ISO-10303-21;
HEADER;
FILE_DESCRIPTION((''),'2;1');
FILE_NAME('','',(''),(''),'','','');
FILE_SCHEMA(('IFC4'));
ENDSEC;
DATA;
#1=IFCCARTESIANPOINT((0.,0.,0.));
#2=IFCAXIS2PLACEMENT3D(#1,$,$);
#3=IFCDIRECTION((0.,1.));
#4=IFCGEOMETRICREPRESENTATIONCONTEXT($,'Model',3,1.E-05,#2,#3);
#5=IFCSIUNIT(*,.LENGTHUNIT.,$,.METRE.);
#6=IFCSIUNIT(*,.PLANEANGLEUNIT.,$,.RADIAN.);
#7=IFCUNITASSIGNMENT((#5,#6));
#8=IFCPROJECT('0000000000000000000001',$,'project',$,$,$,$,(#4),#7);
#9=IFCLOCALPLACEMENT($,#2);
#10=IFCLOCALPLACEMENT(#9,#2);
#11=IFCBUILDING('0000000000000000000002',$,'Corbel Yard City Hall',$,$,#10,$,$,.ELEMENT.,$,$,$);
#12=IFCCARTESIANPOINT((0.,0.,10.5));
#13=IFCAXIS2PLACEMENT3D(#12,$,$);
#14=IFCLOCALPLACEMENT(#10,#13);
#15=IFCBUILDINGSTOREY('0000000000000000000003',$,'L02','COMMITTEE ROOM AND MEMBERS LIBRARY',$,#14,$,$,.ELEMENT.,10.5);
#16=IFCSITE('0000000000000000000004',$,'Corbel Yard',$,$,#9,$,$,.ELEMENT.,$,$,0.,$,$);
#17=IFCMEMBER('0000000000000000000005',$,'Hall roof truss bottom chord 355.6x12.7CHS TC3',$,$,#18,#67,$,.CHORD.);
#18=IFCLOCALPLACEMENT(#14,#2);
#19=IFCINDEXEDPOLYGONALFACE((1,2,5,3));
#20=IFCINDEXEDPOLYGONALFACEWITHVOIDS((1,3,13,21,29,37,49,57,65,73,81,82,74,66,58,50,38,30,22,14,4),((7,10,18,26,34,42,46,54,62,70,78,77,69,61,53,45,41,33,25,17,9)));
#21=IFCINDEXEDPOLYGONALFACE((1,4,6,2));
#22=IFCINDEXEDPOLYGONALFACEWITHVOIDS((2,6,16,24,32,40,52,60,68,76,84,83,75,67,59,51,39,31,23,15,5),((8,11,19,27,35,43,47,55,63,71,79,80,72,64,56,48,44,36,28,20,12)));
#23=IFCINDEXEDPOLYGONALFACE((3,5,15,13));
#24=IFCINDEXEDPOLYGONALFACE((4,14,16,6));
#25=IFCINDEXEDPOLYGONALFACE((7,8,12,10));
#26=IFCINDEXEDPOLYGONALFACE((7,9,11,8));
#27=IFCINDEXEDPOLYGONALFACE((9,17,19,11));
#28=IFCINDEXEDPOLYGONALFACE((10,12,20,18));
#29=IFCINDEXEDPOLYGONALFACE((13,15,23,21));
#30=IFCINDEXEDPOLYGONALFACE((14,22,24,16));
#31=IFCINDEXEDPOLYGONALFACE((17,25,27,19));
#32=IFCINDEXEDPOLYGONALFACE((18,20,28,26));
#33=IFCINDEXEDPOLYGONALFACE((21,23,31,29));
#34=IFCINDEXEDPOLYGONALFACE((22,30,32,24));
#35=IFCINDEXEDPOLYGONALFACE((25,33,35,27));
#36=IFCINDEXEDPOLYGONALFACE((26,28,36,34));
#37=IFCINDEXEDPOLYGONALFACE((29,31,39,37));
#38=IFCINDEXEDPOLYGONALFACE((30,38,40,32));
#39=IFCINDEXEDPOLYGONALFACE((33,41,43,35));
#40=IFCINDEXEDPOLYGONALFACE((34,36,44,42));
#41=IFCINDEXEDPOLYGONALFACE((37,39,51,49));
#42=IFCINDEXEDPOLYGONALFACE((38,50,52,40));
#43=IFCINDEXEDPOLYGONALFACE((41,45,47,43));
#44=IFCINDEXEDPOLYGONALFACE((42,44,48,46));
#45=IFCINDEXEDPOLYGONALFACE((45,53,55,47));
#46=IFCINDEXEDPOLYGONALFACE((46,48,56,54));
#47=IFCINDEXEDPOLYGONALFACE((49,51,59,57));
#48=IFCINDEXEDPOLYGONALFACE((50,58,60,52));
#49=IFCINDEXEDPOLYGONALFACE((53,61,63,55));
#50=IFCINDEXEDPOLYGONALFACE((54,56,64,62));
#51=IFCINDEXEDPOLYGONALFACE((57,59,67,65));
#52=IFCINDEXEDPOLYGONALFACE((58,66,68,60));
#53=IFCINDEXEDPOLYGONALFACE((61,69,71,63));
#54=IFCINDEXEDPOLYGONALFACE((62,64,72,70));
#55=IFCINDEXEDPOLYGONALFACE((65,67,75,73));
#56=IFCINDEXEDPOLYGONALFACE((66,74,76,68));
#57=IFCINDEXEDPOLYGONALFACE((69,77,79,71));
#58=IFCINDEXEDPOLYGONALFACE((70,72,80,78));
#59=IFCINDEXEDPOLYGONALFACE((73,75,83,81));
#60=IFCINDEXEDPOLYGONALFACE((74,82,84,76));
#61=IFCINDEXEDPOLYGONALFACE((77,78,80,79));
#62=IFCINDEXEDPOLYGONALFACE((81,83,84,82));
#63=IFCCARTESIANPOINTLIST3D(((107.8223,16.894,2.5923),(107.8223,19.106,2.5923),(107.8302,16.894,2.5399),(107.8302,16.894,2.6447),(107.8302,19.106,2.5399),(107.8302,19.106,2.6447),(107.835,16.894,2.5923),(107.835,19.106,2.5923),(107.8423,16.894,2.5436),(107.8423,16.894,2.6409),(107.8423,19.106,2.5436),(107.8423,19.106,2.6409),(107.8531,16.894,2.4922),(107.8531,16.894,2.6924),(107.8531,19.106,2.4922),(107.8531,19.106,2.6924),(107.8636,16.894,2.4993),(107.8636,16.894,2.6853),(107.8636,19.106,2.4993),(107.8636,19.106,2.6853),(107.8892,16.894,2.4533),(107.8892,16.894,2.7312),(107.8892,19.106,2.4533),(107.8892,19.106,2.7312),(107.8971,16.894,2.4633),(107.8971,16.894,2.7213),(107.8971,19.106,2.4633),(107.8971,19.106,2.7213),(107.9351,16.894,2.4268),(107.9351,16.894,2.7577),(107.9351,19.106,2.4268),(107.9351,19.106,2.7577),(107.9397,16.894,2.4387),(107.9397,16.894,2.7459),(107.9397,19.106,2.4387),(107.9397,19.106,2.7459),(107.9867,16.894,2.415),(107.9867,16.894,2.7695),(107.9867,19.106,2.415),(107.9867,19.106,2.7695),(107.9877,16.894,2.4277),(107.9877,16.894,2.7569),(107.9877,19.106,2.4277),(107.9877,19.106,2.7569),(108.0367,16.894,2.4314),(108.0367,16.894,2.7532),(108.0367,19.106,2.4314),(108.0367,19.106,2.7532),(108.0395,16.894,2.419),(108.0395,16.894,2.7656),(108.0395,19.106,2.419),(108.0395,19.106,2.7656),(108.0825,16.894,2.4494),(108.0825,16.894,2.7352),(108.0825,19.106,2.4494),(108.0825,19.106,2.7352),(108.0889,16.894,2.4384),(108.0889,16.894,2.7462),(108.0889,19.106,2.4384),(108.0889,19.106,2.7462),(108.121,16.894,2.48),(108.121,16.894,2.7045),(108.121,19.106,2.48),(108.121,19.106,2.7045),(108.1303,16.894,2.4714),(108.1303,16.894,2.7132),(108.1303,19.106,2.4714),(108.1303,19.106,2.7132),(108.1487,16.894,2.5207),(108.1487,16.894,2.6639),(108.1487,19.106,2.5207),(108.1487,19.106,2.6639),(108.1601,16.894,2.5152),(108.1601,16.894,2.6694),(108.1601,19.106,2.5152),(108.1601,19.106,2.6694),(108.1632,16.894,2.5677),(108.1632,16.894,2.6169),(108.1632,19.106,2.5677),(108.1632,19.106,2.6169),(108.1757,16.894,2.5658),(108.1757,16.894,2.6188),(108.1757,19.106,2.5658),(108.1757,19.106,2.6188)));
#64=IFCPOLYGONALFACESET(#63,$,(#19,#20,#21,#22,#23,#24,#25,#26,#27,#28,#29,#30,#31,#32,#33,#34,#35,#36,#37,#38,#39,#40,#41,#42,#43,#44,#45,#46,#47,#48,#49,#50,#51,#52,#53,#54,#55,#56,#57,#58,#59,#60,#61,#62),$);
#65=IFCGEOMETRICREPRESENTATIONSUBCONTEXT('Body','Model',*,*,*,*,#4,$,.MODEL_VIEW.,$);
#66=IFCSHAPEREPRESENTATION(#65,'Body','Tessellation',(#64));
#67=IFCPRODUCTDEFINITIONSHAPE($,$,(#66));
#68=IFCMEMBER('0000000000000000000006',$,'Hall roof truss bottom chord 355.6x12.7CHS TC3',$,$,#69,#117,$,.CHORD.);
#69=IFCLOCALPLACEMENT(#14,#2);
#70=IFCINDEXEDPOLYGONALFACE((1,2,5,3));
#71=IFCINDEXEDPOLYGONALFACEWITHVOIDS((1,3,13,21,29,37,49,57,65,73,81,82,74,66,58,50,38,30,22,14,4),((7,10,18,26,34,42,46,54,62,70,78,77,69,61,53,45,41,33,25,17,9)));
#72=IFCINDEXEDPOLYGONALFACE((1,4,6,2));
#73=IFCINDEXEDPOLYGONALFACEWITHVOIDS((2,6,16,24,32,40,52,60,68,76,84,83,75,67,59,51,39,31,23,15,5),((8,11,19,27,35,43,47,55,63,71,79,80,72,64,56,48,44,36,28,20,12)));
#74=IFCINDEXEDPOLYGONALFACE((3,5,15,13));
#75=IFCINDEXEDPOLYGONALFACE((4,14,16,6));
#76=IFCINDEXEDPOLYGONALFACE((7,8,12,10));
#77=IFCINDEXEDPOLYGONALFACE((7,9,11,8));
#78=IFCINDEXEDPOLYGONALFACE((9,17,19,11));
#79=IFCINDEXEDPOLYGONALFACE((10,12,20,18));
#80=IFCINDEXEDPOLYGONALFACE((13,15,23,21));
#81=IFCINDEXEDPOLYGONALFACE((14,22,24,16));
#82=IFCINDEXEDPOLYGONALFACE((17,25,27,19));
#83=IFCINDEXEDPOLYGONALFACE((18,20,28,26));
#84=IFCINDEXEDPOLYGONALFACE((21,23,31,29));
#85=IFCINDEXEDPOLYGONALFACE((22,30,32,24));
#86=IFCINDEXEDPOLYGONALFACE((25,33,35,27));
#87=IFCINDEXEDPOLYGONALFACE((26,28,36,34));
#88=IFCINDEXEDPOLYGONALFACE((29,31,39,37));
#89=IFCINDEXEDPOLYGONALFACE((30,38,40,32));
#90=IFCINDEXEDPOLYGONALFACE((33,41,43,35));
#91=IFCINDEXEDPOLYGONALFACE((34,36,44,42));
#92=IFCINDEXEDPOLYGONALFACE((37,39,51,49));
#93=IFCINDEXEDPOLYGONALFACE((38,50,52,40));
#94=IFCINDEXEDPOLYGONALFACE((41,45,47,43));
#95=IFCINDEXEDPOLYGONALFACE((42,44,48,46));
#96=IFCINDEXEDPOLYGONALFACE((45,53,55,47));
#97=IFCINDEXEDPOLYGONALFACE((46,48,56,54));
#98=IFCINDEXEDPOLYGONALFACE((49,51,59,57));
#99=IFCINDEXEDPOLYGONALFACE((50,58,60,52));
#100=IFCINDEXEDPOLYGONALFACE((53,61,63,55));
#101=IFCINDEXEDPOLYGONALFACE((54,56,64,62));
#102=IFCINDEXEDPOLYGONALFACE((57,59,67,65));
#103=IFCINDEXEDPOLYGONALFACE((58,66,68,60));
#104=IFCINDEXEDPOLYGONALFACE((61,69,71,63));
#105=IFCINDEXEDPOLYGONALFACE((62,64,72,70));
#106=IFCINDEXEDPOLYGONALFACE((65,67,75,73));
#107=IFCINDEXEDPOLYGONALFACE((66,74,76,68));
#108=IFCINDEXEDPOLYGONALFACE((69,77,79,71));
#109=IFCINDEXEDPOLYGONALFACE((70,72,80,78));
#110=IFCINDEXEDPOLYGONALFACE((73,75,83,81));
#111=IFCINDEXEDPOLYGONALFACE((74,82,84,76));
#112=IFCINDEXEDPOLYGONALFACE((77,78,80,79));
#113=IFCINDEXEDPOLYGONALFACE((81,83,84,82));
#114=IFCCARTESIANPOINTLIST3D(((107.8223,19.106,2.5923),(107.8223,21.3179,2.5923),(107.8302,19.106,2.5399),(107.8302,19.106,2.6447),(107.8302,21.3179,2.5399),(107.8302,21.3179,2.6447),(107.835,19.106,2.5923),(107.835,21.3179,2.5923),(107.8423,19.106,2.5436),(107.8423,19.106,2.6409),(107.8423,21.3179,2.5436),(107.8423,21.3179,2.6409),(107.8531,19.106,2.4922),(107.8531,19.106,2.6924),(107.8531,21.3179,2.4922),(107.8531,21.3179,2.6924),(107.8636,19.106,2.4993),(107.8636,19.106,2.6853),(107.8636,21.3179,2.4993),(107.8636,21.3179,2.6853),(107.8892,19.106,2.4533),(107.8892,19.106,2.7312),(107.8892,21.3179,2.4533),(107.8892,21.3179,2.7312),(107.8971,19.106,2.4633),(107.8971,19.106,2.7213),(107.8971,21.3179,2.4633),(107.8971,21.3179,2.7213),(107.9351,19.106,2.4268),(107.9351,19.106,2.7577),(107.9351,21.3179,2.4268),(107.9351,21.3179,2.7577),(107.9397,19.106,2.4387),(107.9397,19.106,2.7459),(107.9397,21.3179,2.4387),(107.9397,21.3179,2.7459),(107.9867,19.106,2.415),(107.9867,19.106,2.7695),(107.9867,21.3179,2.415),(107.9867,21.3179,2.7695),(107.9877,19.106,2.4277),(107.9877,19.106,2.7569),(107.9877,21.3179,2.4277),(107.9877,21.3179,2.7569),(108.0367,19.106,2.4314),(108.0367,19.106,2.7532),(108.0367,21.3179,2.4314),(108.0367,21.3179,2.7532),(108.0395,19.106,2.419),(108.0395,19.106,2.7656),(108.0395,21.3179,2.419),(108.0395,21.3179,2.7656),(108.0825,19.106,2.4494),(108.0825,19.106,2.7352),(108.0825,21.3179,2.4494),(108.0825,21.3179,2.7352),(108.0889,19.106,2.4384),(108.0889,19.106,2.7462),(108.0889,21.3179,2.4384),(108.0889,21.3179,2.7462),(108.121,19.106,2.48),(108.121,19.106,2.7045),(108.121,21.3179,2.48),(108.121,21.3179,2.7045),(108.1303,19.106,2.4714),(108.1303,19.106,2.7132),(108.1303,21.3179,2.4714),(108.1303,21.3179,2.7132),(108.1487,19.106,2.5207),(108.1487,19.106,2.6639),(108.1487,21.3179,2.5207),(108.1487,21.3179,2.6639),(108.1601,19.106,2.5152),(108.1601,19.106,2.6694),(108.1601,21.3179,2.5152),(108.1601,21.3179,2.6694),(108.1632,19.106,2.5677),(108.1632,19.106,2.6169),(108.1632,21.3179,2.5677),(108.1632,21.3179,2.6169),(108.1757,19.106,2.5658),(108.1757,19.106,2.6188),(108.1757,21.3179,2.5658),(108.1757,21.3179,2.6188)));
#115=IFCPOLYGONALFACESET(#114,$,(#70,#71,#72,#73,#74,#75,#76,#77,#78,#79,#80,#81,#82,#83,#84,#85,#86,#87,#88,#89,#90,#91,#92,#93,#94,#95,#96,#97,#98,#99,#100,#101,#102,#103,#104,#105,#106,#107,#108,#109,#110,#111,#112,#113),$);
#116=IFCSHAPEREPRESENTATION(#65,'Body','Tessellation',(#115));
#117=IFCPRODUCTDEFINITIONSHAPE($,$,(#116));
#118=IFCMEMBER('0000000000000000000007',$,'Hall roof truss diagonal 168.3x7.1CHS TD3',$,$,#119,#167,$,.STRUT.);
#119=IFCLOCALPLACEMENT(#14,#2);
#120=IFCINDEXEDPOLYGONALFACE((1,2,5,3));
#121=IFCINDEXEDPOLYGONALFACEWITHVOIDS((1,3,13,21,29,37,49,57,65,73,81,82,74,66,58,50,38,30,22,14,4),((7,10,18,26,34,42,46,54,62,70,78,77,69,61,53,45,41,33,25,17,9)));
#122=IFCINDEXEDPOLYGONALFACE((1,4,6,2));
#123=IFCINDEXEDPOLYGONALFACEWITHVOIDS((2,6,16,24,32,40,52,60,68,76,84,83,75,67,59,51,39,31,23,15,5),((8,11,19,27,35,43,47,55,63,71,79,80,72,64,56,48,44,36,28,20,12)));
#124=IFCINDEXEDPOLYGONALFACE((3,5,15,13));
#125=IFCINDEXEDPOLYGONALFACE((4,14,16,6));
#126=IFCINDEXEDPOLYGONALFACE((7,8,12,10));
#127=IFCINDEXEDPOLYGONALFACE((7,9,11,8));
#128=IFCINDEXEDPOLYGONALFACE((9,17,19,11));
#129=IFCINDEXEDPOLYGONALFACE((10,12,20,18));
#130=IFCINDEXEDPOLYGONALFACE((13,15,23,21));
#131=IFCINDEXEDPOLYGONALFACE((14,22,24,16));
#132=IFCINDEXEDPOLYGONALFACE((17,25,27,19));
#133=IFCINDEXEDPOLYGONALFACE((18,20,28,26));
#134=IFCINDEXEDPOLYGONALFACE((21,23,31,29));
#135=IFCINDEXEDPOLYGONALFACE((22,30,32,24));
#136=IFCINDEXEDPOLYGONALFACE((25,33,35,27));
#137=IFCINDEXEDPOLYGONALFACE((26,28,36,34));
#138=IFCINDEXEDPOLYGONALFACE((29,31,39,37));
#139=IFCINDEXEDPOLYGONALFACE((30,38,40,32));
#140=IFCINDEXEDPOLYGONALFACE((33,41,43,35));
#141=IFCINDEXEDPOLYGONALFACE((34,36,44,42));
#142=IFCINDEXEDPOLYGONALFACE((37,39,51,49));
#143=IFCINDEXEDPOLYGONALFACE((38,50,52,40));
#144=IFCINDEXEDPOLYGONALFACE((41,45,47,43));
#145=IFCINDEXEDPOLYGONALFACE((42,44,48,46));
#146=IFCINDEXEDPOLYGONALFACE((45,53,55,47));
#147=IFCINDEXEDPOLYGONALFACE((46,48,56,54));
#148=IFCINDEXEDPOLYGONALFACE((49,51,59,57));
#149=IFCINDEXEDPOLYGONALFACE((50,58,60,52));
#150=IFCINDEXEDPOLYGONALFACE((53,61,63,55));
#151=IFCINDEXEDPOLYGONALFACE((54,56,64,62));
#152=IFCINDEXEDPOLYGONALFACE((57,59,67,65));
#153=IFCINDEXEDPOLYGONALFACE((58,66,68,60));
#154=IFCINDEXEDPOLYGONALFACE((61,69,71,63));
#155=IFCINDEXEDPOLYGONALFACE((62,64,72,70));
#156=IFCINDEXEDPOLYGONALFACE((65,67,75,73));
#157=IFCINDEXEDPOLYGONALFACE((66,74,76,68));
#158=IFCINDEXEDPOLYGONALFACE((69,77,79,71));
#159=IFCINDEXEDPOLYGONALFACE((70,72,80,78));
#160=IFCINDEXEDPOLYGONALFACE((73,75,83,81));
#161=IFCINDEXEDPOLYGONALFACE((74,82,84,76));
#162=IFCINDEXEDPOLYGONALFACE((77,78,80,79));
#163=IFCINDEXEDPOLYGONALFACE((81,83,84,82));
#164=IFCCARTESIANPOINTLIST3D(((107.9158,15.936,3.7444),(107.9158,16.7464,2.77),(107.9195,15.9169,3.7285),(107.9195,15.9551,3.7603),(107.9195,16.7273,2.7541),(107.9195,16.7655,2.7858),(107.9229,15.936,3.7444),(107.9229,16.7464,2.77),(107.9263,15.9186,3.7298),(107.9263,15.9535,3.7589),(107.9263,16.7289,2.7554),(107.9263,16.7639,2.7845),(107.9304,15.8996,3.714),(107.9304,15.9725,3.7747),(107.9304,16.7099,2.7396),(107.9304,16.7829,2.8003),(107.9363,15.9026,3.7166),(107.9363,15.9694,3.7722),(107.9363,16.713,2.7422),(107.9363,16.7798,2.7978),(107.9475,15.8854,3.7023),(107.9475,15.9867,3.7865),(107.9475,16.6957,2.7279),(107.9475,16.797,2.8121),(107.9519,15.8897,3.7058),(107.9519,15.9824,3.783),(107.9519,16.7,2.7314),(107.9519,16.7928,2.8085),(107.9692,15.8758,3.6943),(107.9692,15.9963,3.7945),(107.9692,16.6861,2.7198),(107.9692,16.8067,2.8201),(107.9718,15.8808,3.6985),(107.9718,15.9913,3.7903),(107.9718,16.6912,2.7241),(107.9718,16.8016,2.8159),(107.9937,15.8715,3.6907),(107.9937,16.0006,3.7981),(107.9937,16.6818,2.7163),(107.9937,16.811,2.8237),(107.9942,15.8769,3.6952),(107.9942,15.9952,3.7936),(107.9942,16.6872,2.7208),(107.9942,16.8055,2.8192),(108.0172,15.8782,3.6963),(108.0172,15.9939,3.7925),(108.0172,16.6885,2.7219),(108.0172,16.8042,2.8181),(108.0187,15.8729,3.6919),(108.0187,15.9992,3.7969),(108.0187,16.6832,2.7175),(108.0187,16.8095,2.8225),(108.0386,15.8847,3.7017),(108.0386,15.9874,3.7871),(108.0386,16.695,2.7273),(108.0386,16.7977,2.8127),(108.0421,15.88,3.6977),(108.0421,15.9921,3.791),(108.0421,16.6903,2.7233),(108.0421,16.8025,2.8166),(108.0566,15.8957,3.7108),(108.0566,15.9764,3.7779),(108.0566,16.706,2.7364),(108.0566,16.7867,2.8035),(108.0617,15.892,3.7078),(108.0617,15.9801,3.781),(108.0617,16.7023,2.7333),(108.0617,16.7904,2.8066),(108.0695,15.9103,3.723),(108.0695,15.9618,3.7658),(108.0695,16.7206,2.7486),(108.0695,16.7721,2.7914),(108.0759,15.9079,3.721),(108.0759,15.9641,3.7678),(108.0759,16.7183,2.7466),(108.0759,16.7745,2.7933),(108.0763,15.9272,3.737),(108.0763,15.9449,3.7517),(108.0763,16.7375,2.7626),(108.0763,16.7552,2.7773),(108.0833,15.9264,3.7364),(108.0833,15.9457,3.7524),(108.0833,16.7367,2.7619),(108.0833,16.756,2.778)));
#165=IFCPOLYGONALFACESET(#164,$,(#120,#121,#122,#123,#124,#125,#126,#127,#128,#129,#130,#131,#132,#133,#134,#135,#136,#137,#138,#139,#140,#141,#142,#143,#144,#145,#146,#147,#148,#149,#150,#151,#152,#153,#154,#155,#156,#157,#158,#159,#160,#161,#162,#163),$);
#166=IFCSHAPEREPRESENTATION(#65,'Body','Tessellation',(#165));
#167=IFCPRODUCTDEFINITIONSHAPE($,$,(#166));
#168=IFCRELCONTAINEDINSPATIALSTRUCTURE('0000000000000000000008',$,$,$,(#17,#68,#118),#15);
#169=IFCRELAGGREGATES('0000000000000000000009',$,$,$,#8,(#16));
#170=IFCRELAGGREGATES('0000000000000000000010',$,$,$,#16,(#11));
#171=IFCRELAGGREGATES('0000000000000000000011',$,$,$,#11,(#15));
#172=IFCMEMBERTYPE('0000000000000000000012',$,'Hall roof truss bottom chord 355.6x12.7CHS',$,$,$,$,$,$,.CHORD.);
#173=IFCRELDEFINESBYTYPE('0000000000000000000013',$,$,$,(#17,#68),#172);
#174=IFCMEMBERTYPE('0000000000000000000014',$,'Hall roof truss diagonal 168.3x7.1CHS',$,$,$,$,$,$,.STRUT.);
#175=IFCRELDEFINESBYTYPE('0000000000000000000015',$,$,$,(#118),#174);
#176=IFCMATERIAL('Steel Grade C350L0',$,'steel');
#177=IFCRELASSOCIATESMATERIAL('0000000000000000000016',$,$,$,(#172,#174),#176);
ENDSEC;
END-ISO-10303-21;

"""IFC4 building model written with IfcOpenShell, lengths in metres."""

from ifc_helpers import new_model, si_unit, direction, frame, origin, origin_2d, place, context, subcontext, project, spatial, hollow_circle, extrude, material, material_profile, profile_set, type_object, element, save


model = new_model("IFC4")

# Units and contexts
model_context = context("Model", 3, precision=1e-05, world=origin(), true_north=direction((0.0, 1.0)))
body_context = subcontext(model_context, "Body", "Model", "MODEL_VIEW")
ifc_project = project(units=[si_unit("LENGTHUNIT", "METRE"), si_unit("PLANEANGLEUNIT", "RADIAN")], contexts=[model_context])

# Site, building, storey
site_placement = place(None, origin())
site = spatial("IfcSite", under=ifc_project, at=site_placement, Name="Corbel Yard", CompositionType="ELEMENT", RefElevation=0.0)
building_placement = place(site_placement, origin())
building = spatial("IfcBuilding", under=site, at=building_placement, Name="Corbel Yard City Hall", CompositionType="ELEMENT")
storey_placement = place(building_placement, frame((0.0, 0.0, 10.5)))
storey = spatial("IfcBuildingStorey", under=building, at=storey_placement, Name="L02", Description="COMMITTEE ROOM AND MEMBERS LIBRARY", CompositionType="ELEMENT", Elevation=10.5)

# Members
ifc_material_1 = material(Name="Steel Grade C350L0", Category="steel")
ifc_material_profile_1 = material_profile(ifc_material_1, hollow_circle(Radius=0.1777, WallThickness=0.0127, at=origin_2d()), Name="355.6x12.7CHS")
ifc_profile_set_1 = profile_set([ifc_material_profile_1], Name="Steel Grade C350L0")
member_type_1 = type_object("IfcMemberType", Name="Hall roof truss bottom chord 355.6x12.7CHS", PredefinedType="CHORD", material=ifc_profile_set_1)
for number, where, z_axis, x_axis, name in (
    (1, (108.0, 16.894, 2.5923), (0.0, 1.0, 0.0), (-1.0, 0.0, 0.0), "Hall roof truss bottom chord 355.6x12.7CHS TC3"),
    (2, (108.0, 19.106, 2.5923), (0.0, 1.0, 0.0), (-1.0, 0.0, 0.0), "Hall roof truss bottom chord 355.6x12.7CHS TC3"),
):
    element("IfcMember", number, at=place(storey_placement, frame(where, z_axis=z_axis, x_axis=x_axis)), inside=storey, type_object=member_type_1, Name=name, PredefinedType="CHORD", context=body_context, shape_type="SweptSolid", body=[
        extrude(hollow_circle(Radius=0.1777, WallThickness=0.0127, at=origin_2d()), origin(), (0.0, 0.0, 1.0), 2.2119),
    ])
ifc_material_profile_2 = material_profile(ifc_material_1, hollow_circle(Radius=0.0842, WallThickness=0.0071, at=origin_2d()), Name="168.3x7.1CHS")
ifc_profile_set_2 = profile_set([ifc_material_profile_2], Name="Steel Grade C350L0")
member_type_2 = type_object("IfcMemberType", Name="Hall roof truss diagonal 168.3x7.1CHS", PredefinedType="STRUT", material=ifc_profile_set_2)
member_1_placement = place(storey_placement, frame((108.0, 15.936, 3.7444), z_axis=(0.0, 0.639407, -0.768868), x_axis=(-1.0, 0.0, 0.0)))
element("IfcMember", 3, at=member_1_placement, inside=storey, type_object=member_type_2, Name="Hall roof truss diagonal 168.3x7.1CHS TD3", PredefinedType="STRUT", context=body_context, shape_type="SweptSolid", body=[
    extrude(hollow_circle(Radius=0.0842, WallThickness=0.0071, at=origin_2d()), origin(), (0.0, 0.0, 1.0), 1.2673),
])

save(model, "model.ifc")
